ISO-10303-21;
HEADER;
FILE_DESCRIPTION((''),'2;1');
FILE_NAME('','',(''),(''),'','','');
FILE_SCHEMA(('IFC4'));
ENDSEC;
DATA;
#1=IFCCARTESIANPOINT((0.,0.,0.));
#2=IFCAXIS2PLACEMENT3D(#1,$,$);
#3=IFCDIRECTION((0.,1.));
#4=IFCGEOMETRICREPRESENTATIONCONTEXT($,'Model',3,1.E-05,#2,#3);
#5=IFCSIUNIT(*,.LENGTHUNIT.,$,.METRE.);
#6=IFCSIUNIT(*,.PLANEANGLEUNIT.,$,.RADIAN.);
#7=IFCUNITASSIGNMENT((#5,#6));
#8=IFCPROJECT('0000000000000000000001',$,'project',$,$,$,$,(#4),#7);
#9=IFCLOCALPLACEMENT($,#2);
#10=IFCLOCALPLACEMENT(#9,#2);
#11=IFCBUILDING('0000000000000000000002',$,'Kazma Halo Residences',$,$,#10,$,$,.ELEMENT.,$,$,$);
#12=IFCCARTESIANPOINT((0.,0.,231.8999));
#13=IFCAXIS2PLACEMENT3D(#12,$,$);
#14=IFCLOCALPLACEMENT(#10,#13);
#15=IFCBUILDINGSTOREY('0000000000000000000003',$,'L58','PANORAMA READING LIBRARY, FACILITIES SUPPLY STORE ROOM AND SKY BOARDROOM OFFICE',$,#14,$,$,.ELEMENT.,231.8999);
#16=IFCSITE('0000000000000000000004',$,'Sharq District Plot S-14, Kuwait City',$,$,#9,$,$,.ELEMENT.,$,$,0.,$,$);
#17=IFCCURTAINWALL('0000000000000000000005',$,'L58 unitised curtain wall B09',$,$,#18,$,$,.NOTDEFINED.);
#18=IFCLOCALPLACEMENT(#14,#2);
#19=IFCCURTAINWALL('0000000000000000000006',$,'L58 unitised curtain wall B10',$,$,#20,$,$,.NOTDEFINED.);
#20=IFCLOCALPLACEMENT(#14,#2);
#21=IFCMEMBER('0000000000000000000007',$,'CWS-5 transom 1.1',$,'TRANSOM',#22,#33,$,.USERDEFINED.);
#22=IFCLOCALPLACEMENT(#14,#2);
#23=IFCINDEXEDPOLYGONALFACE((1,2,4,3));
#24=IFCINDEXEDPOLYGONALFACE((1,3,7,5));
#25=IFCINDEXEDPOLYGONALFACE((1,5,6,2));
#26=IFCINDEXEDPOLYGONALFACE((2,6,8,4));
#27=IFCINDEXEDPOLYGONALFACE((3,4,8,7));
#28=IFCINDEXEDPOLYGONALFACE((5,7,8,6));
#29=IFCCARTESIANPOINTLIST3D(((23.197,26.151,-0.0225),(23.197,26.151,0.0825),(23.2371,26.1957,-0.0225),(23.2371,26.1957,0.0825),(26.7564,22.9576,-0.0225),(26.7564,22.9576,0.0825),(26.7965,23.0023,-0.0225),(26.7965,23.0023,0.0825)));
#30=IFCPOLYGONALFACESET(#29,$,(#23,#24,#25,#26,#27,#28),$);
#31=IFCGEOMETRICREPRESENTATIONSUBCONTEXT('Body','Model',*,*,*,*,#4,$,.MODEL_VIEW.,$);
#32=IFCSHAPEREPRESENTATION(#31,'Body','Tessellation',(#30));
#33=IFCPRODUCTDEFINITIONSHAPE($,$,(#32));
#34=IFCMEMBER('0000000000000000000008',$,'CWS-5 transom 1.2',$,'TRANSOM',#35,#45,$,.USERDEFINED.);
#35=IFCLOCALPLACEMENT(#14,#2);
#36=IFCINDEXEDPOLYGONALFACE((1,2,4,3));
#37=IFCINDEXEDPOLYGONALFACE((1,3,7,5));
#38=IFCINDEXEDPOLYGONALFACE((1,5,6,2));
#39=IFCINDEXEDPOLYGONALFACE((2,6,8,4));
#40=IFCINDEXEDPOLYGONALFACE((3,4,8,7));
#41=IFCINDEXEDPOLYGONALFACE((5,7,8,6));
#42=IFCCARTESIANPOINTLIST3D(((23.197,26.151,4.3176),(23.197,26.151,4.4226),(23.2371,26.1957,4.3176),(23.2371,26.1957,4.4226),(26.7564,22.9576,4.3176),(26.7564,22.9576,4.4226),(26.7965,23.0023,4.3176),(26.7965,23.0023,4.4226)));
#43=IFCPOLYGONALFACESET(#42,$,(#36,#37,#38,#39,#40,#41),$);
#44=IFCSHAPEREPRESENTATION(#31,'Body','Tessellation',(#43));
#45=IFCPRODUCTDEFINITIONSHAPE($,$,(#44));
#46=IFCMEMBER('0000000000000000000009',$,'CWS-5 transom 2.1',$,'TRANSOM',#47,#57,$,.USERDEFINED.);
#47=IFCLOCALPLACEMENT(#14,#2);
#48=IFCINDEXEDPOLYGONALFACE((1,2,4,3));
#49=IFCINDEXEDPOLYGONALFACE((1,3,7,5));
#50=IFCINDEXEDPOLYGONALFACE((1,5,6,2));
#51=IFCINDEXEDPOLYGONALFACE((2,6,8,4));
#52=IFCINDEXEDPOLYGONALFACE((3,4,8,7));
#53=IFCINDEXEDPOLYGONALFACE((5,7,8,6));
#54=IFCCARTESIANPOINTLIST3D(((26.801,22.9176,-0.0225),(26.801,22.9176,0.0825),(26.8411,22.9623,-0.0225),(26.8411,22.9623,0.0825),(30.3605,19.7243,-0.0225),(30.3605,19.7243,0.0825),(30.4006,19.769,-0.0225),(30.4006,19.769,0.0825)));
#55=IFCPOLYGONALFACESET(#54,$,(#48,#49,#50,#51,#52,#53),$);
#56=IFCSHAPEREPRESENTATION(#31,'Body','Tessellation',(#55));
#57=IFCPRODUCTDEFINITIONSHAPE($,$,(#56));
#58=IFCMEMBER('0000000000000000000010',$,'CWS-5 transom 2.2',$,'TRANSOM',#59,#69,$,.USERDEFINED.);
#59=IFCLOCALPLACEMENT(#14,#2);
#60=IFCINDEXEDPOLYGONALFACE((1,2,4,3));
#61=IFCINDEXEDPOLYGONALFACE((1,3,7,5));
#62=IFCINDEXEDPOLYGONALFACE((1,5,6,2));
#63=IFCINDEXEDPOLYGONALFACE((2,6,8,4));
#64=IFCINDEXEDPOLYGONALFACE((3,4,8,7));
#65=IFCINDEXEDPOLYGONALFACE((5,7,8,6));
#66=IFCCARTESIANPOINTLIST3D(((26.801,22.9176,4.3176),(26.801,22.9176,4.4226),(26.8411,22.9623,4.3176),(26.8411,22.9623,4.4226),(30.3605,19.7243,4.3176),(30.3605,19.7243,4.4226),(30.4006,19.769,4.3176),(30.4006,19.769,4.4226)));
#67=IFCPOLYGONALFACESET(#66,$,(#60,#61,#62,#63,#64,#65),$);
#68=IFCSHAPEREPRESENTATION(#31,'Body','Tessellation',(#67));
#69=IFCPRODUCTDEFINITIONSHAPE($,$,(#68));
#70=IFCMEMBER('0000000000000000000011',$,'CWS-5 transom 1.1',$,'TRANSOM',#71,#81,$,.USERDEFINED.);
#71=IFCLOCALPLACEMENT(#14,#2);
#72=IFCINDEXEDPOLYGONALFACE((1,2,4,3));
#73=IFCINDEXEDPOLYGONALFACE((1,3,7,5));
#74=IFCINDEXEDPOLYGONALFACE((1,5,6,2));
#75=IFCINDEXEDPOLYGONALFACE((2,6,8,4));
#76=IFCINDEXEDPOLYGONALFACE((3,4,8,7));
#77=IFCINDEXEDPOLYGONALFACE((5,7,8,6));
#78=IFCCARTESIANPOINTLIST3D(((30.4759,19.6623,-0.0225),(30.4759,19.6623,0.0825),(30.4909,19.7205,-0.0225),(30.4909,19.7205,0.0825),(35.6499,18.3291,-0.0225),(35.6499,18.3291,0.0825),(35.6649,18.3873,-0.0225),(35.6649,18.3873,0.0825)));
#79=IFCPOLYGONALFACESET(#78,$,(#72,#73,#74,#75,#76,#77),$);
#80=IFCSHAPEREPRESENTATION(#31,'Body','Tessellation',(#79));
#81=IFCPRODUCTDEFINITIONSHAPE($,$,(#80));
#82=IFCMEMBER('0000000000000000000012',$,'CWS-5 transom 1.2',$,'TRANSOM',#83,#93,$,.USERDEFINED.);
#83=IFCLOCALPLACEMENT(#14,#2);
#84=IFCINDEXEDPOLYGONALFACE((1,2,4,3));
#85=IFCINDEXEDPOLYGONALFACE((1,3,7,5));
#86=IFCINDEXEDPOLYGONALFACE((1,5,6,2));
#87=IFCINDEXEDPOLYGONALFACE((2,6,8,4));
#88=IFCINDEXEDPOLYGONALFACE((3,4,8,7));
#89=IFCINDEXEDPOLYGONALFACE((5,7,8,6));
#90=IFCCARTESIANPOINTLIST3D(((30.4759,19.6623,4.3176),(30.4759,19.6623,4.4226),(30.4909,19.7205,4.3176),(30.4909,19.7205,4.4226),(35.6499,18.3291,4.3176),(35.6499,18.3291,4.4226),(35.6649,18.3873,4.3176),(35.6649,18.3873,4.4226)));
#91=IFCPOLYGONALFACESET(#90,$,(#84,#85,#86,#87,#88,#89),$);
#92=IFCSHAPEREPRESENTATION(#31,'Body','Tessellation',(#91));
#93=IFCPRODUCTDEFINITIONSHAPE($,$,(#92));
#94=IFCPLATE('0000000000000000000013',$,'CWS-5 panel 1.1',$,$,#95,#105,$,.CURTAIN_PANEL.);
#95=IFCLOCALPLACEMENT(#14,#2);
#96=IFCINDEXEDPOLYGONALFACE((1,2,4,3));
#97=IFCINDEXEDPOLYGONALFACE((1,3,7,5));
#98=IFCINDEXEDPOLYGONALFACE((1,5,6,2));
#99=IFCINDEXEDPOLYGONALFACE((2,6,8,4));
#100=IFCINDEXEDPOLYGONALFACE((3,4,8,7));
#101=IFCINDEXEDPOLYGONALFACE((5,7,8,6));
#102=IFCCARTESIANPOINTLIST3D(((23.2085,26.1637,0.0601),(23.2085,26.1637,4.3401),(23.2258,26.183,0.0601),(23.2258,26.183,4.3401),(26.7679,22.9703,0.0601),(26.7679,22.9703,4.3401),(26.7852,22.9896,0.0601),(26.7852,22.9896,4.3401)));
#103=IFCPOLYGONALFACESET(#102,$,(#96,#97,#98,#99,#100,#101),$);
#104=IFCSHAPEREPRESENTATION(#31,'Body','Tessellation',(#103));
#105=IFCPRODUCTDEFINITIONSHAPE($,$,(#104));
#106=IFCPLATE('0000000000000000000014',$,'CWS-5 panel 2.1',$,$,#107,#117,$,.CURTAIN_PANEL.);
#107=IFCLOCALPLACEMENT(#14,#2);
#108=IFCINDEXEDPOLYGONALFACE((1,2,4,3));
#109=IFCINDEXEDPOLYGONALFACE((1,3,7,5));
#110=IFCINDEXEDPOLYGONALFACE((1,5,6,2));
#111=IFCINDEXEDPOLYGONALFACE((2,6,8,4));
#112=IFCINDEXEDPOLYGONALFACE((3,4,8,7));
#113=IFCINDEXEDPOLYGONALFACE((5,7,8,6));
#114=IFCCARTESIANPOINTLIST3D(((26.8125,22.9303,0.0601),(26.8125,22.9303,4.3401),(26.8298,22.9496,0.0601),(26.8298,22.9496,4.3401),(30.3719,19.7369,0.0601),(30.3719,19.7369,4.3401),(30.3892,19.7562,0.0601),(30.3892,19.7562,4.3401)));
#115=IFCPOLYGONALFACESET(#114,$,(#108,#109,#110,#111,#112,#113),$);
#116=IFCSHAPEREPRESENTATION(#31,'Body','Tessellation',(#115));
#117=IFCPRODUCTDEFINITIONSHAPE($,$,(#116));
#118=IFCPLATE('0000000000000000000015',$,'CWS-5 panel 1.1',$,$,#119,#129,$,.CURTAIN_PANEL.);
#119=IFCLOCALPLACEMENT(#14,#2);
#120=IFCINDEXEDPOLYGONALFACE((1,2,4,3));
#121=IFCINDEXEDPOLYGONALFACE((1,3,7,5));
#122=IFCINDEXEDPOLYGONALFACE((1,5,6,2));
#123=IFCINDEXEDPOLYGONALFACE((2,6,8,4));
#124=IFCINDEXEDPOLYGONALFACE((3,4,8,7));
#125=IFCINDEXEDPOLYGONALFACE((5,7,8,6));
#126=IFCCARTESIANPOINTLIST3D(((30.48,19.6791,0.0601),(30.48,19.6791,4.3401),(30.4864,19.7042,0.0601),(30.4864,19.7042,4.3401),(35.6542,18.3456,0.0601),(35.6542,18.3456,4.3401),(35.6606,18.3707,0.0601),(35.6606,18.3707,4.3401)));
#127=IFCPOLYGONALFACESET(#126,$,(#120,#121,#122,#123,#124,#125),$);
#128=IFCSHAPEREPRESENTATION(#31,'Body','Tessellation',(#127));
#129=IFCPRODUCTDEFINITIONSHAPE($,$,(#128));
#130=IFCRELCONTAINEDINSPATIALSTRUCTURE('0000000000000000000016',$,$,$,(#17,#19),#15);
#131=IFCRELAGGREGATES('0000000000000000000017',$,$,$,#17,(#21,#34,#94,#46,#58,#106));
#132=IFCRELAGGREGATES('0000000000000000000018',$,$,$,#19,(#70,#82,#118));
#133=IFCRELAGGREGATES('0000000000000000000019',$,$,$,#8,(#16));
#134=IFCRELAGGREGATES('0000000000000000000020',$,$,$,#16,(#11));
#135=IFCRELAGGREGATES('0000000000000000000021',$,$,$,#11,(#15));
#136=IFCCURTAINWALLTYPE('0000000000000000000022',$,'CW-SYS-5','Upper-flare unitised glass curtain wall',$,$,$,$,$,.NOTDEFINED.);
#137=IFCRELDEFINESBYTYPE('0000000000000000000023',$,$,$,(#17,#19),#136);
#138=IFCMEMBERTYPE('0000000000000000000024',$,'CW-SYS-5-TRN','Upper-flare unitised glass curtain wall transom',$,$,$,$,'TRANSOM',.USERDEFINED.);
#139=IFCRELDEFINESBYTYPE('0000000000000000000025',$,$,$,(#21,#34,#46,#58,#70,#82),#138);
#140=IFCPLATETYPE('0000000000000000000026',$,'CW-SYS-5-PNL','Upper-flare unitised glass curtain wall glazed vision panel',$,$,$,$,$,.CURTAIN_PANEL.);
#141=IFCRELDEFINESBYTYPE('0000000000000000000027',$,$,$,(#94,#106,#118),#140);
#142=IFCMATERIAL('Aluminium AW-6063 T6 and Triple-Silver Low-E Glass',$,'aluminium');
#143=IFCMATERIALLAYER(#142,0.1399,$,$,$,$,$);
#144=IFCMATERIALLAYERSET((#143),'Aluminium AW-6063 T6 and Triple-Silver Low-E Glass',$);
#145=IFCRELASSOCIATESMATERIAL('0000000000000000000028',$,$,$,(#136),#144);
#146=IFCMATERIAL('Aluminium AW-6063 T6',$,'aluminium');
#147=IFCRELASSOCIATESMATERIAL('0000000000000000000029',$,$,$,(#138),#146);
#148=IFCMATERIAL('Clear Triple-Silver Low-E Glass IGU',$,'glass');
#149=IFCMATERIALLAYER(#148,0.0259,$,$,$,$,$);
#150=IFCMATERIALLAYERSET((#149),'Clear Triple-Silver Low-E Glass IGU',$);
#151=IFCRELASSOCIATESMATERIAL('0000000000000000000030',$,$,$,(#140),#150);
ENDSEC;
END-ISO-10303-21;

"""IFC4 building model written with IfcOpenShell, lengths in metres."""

from ifc_helpers import new_model, si_unit, direction, frame, origin, origin_2d, place, context, subcontext, project, spatial, rectangle, extrude, material, layer, layer_set, material_profile, profile_set, type_object, element, aggregate, save


model = new_model("IFC4")

# Units and contexts
model_context = context("Model", 3, precision=1e-05, world=origin(), true_north=direction((0.0, 1.0)))
body_context = subcontext(model_context, "Body", "Model", "MODEL_VIEW")
ifc_project = project(units=[si_unit("LENGTHUNIT", "METRE"), si_unit("PLANEANGLEUNIT", "RADIAN")], contexts=[model_context])

# Site, building, storey
site_placement = place(None, origin())
site = spatial("IfcSite", under=ifc_project, at=site_placement, Name="Sharq District Plot S-14, Kuwait City", CompositionType="ELEMENT", RefElevation=0.0)
building_placement = place(site_placement, origin())
building = spatial("IfcBuilding", under=site, at=building_placement, Name="Kazma Halo Residences", CompositionType="ELEMENT")
storey_placement = place(building_placement, frame((0.0, 0.0, 231.8999)))
storey = spatial("IfcBuildingStorey", under=building, at=storey_placement, Name="L58", Description="PANORAMA READING LIBRARY, FACILITIES SUPPLY STORE ROOM AND SKY BOARDROOM OFFICE", CompositionType="ELEMENT", Elevation=231.8999)

# Curtain wall
ifc_material_1 = material(Name="Aluminium AW-6063 T6 and Triple-Silver Low-E Glass", Category="aluminium")
ifc_layer_1 = layer(ifc_material_1, 0.1399)
ifc_layer_set_1 = layer_set([ifc_layer_1], Name="Aluminium AW-6063 T6 and Triple-Silver Low-E Glass")
curtain_wall_type = type_object("IfcCurtainWallType", Name="CW-SYS-5", Description="Upper-flare unitised glass curtain wall", PredefinedType="NOTDEFINED", material=ifc_layer_set_1)
curtain_wall_1_placement = place(storey_placement, origin())
curtain_wall_1 = element("IfcCurtainWall", 1, at=curtain_wall_1_placement, inside=storey, type_object=curtain_wall_type, Name="L58 unitised curtain wall B09", PredefinedType="NOTDEFINED")
ifc_material_2 = material(Name="Aluminium AW-6063 T6", Category="aluminium")

# Curtain wall
curtain_wall_2_placement = place(storey_placement, origin())
curtain_wall_2 = element("IfcCurtainWall", 2, at=curtain_wall_2_placement, inside=storey, type_object=curtain_wall_type, Name="L58 unitised curtain wall B10", PredefinedType="NOTDEFINED")

# Members
ifc_material_profile_1 = material_profile(ifc_material_2, rectangle(XDim=0.0601, YDim=0.105, at=origin_2d()), Name="CWT-60x105")
ifc_profile_set_1 = profile_set([ifc_material_profile_1], Name="Aluminium AW-6063 T6")
member_type_1 = type_object("IfcMemberType", Name="CW-SYS-5-TRN", Description="Upper-flare unitised glass curtain wall transom", ElementType="TRANSOM", PredefinedType="USERDEFINED", material=ifc_profile_set_1)
member_1_placement = place(storey_placement, frame((23.217, 26.1733, 0.03), z_axis=(0.744337, -0.667805, 0.0), x_axis=(0.667805, 0.744337, 0.0)))
member_1 = element("IfcMember", 3, at=member_1_placement, type_object=member_type_1, Name="CWS-5 transom 1.1", ObjectType="TRANSOM", PredefinedType="USERDEFINED", context=body_context, shape_type="SweptSolid", body=[
    extrude(rectangle(XDim=0.0601, YDim=0.105, at=origin_2d()), origin(), (0.0, 0.0, 1.0), 4.782),
])
member_2_placement = place(storey_placement, frame((23.217, 26.1733, 4.3701), z_axis=(0.744337, -0.667805, 0.0), x_axis=(0.667805, 0.744337, 0.0)))
member_2 = element("IfcMember", 4, at=member_2_placement, type_object=member_type_1, Name="CWS-5 transom 1.2", ObjectType="TRANSOM", PredefinedType="USERDEFINED", context=body_context, shape_type="SweptSolid", body=[
    extrude(rectangle(XDim=0.0601, YDim=0.105, at=origin_2d()), origin(), (0.0, 0.0, 1.0), 4.782),
])
member_3_placement = place(storey_placement, frame((26.821, 22.9399, 0.03), z_axis=(0.744359, -0.667779, 0.0), x_axis=(0.667779, 0.744359, 0.0)))
member_3 = element("IfcMember", 5, at=member_3_placement, type_object=member_type_1, Name="CWS-5 transom 2.1", ObjectType="TRANSOM", PredefinedType="USERDEFINED", context=body_context, shape_type="SweptSolid", body=[
    extrude(rectangle(XDim=0.0601, YDim=0.105, at=origin_2d()), origin(), (0.0, 0.0, 1.0), 4.782),
])
member_4_placement = place(storey_placement, frame((26.821, 22.9399, 4.3701), z_axis=(0.744359, -0.667779, 0.0), x_axis=(0.667779, 0.744359, 0.0)))
member_4 = element("IfcMember", 6, at=member_4_placement, type_object=member_type_1, Name="CWS-5 transom 2.2", ObjectType="TRANSOM", PredefinedType="USERDEFINED", context=body_context, shape_type="SweptSolid", body=[
    extrude(rectangle(XDim=0.0601, YDim=0.105, at=origin_2d()), origin(), (0.0, 0.0, 1.0), 4.782),
])
member_5_placement = place(storey_placement, frame((30.4834, 19.6914, 0.03), z_axis=(0.968367, -0.249528, 0.0), x_axis=(0.249528, 0.968367, 0.0)))
member_5 = element("IfcMember", 7, at=member_5_placement, type_object=member_type_1, Name="CWS-5 transom 1.1", ObjectType="TRANSOM", PredefinedType="USERDEFINED", context=body_context, shape_type="SweptSolid", body=[
    extrude(rectangle(XDim=0.0601, YDim=0.105, at=origin_2d()), origin(), (0.0, 0.0, 1.0), 5.343),
])
member_6_placement = place(storey_placement, frame((30.4834, 19.6914, 4.3701), z_axis=(0.968367, -0.249528, 0.0), x_axis=(0.249528, 0.968367, 0.0)))
member_6 = element("IfcMember", 8, at=member_6_placement, type_object=member_type_1, Name="CWS-5 transom 1.2", ObjectType="TRANSOM", PredefinedType="USERDEFINED", context=body_context, shape_type="SweptSolid", body=[
    extrude(rectangle(XDim=0.0601, YDim=0.105, at=origin_2d()), origin(), (0.0, 0.0, 1.0), 5.343),
])

# Plates
ifc_material_3 = material(Name="Clear Triple-Silver Low-E Glass IGU", Category="glass")
ifc_layer_2 = layer(ifc_material_3, 0.0259)
ifc_layer_set_2 = layer_set([ifc_layer_2], Name="Clear Triple-Silver Low-E Glass IGU")
plate_type = type_object("IfcPlateType", Name="CW-SYS-5-PNL", Description="Upper-flare unitised glass curtain wall glazed vision panel", PredefinedType="CURTAIN_PANEL", material=ifc_layer_set_2)
plate_1_placement = place(storey_placement, frame((24.9968, 24.5767, 0.0601), z_axis=(0.0, 0.0, 1.0), x_axis=(0.74434, -0.6678, 0.0)))
plate_1 = element("IfcPlate", 9, at=plate_1_placement, type_object=plate_type, Name="CWS-5 panel 1.1", PredefinedType="CURTAIN_PANEL", context=body_context, shape_type="SweptSolid", body=[
    extrude(rectangle(XDim=4.782, YDim=0.0259, at=origin_2d()), origin(), (0.0, 0.0, 1.0), 4.28),
])
plate_2_placement = place(storey_placement, frame((28.6008, 21.3433, 0.0601), z_axis=(0.0, 0.0, 1.0), x_axis=(0.74434, -0.6678, 0.0)))
plate_2 = element("IfcPlate", 10, at=plate_2_placement, type_object=plate_type, Name="CWS-5 panel 2.1", PredefinedType="CURTAIN_PANEL", context=body_context, shape_type="SweptSolid", body=[
    extrude(rectangle(XDim=4.782, YDim=0.0259, at=origin_2d()), origin(), (0.0, 0.0, 1.0), 4.28),
])
aggregate(curtain_wall_1, [member_1, member_2, plate_1, member_3, member_4, plate_2])
plate_3_placement = place(storey_placement, frame((33.0703, 19.0249, 0.0601), z_axis=(0.0, 0.0, 1.0), x_axis=(0.968358, -0.249567, 0.0)))
plate_3 = element("IfcPlate", 11, at=plate_3_placement, type_object=plate_type, Name="CWS-5 panel 1.1", PredefinedType="CURTAIN_PANEL", context=body_context, shape_type="SweptSolid", body=[
    extrude(rectangle(XDim=5.3433, YDim=0.0259, at=origin_2d()), origin(), (0.0, 0.0, 1.0), 4.28),
])
aggregate(curtain_wall_2, [member_5, member_6, plate_3])

save(model, "model.ifc")
